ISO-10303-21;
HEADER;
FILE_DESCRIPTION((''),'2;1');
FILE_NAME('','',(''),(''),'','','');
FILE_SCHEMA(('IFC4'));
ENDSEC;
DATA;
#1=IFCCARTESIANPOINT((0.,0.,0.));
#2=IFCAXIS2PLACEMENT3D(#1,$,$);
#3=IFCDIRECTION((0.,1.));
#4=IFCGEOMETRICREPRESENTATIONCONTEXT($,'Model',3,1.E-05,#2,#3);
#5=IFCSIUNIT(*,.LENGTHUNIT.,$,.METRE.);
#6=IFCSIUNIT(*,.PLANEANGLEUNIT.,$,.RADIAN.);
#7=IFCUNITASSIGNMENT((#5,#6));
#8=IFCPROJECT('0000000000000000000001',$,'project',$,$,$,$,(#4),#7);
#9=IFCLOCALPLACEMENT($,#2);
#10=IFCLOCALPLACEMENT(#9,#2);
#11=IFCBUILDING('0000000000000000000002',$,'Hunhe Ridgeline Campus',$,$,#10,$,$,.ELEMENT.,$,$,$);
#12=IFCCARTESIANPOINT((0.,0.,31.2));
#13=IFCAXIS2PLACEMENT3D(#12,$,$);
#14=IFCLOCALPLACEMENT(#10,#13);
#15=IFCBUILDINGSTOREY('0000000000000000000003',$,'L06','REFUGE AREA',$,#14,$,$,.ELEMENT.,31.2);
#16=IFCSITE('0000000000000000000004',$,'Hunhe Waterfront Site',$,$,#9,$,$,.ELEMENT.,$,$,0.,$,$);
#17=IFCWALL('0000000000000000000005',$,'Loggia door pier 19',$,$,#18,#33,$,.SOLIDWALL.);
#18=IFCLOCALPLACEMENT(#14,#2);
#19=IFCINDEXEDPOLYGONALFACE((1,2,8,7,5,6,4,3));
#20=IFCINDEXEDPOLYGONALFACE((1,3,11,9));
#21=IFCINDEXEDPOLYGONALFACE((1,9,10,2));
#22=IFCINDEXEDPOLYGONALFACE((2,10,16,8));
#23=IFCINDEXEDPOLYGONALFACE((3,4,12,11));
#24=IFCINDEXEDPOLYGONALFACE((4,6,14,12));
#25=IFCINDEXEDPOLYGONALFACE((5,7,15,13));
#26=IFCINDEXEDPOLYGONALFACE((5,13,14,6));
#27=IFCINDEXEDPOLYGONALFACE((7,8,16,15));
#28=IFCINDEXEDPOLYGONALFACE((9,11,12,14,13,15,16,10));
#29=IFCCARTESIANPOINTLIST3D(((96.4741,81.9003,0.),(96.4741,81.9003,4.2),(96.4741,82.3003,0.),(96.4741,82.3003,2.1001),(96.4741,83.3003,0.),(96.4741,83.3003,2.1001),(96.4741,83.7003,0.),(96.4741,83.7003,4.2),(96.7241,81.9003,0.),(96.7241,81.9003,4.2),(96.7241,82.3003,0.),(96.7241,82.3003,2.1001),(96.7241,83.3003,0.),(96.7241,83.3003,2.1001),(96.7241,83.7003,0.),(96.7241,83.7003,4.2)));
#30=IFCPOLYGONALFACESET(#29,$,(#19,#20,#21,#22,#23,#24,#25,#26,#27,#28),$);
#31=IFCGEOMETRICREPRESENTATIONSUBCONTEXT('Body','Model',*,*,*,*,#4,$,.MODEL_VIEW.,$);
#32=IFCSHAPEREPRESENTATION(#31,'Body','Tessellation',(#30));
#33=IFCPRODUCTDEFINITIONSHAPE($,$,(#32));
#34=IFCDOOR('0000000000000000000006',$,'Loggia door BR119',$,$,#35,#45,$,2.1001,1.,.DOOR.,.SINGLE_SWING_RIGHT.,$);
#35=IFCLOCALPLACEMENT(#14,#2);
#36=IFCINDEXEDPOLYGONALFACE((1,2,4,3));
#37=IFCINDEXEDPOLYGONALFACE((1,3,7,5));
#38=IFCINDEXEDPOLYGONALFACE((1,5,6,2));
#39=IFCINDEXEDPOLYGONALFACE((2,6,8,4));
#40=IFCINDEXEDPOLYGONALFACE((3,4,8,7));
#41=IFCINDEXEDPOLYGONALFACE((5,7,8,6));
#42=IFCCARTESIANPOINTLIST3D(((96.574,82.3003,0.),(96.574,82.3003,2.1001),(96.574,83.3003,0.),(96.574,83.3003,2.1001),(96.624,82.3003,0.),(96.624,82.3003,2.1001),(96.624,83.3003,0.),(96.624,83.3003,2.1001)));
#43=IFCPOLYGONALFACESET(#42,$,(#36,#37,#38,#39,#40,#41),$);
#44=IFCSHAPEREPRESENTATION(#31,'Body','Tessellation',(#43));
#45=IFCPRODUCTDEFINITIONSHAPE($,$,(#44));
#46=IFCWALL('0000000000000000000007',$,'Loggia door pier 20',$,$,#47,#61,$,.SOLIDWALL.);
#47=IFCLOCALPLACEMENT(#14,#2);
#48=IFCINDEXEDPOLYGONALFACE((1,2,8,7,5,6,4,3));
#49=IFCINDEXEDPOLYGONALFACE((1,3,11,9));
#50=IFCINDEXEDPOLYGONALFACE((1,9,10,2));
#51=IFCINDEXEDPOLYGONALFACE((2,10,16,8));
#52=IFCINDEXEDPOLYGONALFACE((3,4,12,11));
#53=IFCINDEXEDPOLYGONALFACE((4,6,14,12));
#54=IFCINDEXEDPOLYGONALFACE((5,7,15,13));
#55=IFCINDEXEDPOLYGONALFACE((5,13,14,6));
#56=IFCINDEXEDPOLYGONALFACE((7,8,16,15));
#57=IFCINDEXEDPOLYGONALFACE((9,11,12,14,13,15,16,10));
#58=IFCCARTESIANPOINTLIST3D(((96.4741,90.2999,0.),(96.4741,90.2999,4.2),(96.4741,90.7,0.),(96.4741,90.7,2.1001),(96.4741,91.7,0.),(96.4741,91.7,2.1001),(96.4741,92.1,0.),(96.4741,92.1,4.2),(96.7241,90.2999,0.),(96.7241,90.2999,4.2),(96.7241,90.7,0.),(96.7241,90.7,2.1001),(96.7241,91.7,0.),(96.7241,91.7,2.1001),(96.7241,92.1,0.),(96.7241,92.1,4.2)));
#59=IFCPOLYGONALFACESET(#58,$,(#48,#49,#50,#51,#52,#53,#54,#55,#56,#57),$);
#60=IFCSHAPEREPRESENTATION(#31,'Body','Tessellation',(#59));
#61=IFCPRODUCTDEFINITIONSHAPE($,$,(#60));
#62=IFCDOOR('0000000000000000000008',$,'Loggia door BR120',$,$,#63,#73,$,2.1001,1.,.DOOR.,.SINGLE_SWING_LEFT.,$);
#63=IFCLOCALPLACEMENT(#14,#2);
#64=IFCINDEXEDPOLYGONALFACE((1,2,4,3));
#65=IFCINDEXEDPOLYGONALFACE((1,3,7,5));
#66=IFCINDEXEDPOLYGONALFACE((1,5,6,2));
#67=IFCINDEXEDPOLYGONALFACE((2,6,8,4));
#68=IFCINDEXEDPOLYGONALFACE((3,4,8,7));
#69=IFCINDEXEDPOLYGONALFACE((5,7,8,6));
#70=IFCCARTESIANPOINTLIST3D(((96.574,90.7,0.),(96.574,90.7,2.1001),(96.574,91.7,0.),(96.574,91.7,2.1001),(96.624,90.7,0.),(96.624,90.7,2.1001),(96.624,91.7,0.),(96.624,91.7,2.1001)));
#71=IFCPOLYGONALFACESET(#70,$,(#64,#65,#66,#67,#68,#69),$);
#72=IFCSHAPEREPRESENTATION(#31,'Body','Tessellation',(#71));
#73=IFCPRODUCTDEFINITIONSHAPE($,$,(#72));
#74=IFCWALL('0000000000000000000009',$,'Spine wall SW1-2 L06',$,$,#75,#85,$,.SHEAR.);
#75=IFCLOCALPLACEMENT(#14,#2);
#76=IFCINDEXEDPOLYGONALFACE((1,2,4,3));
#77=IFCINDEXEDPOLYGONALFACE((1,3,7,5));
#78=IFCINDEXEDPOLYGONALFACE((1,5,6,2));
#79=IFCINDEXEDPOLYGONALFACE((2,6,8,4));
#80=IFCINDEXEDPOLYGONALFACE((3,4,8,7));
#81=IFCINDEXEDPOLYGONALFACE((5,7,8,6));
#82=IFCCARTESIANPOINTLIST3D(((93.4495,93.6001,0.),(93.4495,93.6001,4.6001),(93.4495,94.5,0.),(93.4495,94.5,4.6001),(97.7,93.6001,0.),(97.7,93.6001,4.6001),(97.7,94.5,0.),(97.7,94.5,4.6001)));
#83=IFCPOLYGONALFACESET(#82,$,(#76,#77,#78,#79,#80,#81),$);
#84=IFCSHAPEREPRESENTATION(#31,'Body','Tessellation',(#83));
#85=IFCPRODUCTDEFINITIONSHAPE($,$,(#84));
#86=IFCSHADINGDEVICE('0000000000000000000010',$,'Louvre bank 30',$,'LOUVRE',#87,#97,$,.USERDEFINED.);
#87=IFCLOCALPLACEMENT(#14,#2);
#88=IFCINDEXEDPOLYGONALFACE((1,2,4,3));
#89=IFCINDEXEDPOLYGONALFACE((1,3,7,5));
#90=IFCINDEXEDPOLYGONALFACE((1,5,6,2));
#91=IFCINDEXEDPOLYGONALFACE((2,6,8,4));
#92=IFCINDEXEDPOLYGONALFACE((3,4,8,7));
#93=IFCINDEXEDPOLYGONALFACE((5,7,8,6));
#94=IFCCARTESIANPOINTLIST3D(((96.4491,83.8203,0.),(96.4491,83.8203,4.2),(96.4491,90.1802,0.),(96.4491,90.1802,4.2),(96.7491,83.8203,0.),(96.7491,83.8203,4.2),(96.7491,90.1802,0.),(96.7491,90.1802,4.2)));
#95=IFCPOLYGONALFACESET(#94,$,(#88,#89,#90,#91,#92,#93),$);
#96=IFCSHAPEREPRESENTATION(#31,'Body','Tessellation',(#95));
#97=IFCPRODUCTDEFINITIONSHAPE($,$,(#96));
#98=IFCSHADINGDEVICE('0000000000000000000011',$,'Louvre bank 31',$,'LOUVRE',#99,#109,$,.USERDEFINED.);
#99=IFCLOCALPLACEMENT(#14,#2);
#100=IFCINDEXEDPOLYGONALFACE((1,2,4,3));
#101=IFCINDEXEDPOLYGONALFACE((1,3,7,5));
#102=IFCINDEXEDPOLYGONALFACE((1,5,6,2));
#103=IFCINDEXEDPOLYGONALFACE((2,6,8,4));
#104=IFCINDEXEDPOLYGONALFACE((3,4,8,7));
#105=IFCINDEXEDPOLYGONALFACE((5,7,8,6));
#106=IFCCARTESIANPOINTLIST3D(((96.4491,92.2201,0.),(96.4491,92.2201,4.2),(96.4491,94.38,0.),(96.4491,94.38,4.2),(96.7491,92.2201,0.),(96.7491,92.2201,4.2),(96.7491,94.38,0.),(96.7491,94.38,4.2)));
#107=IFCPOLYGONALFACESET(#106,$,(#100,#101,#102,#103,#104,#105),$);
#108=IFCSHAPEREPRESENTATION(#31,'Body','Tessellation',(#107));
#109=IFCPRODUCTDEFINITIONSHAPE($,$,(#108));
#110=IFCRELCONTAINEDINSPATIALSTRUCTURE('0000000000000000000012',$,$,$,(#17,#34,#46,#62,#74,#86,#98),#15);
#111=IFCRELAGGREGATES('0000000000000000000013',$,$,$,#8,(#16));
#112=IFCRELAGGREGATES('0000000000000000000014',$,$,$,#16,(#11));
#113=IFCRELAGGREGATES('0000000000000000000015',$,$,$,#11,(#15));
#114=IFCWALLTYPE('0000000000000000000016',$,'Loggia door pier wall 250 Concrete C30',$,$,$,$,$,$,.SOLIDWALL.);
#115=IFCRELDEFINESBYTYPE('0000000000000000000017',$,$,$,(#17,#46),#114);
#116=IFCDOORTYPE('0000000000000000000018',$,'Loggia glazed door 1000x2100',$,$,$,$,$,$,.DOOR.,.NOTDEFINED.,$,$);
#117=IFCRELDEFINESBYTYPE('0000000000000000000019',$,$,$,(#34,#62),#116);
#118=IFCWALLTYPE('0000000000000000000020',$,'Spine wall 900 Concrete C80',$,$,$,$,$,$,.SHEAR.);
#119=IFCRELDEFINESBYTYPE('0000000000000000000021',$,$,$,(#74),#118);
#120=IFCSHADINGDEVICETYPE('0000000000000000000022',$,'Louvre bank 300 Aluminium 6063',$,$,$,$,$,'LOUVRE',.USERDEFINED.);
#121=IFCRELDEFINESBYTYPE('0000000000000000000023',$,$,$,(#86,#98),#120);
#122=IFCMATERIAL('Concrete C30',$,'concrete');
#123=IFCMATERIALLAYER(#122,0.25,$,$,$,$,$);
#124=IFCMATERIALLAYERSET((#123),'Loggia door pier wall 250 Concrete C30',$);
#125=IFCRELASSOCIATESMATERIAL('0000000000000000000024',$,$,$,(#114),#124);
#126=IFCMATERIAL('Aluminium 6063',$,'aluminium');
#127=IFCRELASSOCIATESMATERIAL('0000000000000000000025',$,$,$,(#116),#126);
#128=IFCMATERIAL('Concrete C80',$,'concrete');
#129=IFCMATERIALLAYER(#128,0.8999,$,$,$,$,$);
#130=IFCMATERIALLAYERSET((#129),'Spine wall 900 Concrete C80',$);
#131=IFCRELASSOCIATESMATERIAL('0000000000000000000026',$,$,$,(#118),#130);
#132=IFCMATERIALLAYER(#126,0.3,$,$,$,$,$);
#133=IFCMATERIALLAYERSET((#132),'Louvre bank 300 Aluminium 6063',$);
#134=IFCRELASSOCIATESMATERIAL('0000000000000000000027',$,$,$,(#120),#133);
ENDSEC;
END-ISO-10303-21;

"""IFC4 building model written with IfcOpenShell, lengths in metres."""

from ifc_helpers import new_model, si_unit, direction, frame, frame_2d, origin, origin_2d, place, context, subcontext, project, spatial, rectangle, extrude, material, layer, layer_set, type_object, element, fill, save


model = new_model("IFC4")

# Units and contexts
model_context = context("Model", 3, precision=1e-05, world=origin(), true_north=direction((0.0, 1.0)))
body_context = subcontext(model_context, "Body", "Model", "MODEL_VIEW")
ifc_project = project(units=[si_unit("LENGTHUNIT", "METRE"), si_unit("PLANEANGLEUNIT", "RADIAN")], contexts=[model_context])

# Site, building, storey
site_placement = place(None, origin())
site = spatial("IfcSite", under=ifc_project, at=site_placement, Name="Hunhe Waterfront Site", CompositionType="ELEMENT", RefElevation=0.0)
building_placement = place(site_placement, origin())
building = spatial("IfcBuilding", under=site, at=building_placement, Name="Hunhe Ridgeline Campus", CompositionType="ELEMENT")
storey_placement = place(building_placement, frame((0.0, 0.0, 31.2)))
storey = spatial("IfcBuildingStorey", under=building, at=storey_placement, Name="L06", Description="REFUGE AREA", CompositionType="ELEMENT", Elevation=31.2)

# Shared definitions
ifc_material_1 = material(Name="Concrete C80", Category="concrete")

# Shared definitions
ifc_material_2 = material(Name="Aluminium 6063", Category="aluminium")

# Walls, openings, doors
ifc_material_3 = material(Name="Concrete C30", Category="concrete")
ifc_layer_1 = layer(ifc_material_3, 0.25)
ifc_layer_set_1 = layer_set([ifc_layer_1], Name="Loggia door pier wall 250 Concrete C30")
wall_type_1 = type_object("IfcWallType", Name="Loggia door pier wall 250 Concrete C30", PredefinedType="SOLIDWALL", material=ifc_layer_set_1)
wall_1_placement = place(storey_placement, frame((96.5991, 81.9004, 0.0), z_axis=(0.0, 0.0, 1.0), x_axis=(0.0, 1.0, 0.0)))
wall_1 = element("IfcWall", 1, at=wall_1_placement, inside=storey, type_object=wall_type_1, Name="Loggia door pier 19", PredefinedType="SOLIDWALL", context=body_context, shape_type="SweptSolid", body=[
    extrude(rectangle(XDim=1.8, YDim=0.25, at=frame_2d((0.8999, 0.0))), origin(), (0.0, 0.0, 1.0), 4.2),
])
opening_1_placement = place(wall_1_placement, frame((0.3999, 0.0, 0.0)))
opening_1 = element("IfcOpeningElement", 2, at=opening_1_placement, cuts=wall_1, PredefinedType="OPENING", context=body_context, shape_type="SweptSolid", body=[
    extrude(rectangle(XDim=1.0, YDim=2.1001, at=frame_2d((0.5, 1.05))), frame((0.0, 0.125, 0.0), z_axis=(0.0, -1.0, 0.0), x_axis=(1.0, 0.0, 0.0)), (0.0, 0.0, 1.0), 0.25),
])
door_type = type_object("IfcDoorType", Name="Loggia glazed door 1000x2100", OperationType="NOTDEFINED", PredefinedType="DOOR", material=ifc_material_2)
door_1_placement = place(opening_1_placement, frame((1.0, 0.0, 0.0), z_axis=(0.0, 0.0, 1.0), x_axis=(-1.0, 0.0, 0.0)))
door_1 = element("IfcDoor", 3, at=door_1_placement, inside=storey, type_object=door_type, Name="Loggia door BR119", OperationType="SINGLE_SWING_RIGHT", OverallHeight=2.1001, OverallWidth=1.0, PredefinedType="DOOR", context=body_context, shape_type="SweptSolid", body=[
    extrude(rectangle(XDim=1.0, YDim=2.1001, at=frame_2d((0.5, 1.05))), frame((0.0, 0.0249, 0.0), z_axis=(0.0, -1.0, 0.0), x_axis=(1.0, 0.0, 0.0)), (0.0, 0.0, 1.0), 0.05),
])
fill(opening_1, door_1)
wall_2_placement = place(storey_placement, frame((96.5991, 90.3, 0.0), z_axis=(0.0, 0.0, 1.0), x_axis=(0.0, 1.0, 0.0)))
wall_2 = element("IfcWall", 4, at=wall_2_placement, inside=storey, type_object=wall_type_1, Name="Loggia door pier 20", PredefinedType="SOLIDWALL", context=body_context, shape_type="SweptSolid", body=[
    extrude(rectangle(XDim=1.8, YDim=0.25, at=frame_2d((0.8999, 0.0))), origin(), (0.0, 0.0, 1.0), 4.2),
])
opening_2_placement = place(wall_2_placement, frame((0.3999, 0.0, 0.0)))
opening_2 = element("IfcOpeningElement", 5, at=opening_2_placement, cuts=wall_2, PredefinedType="OPENING", context=body_context, shape_type="SweptSolid", body=[
    extrude(rectangle(XDim=1.0, YDim=2.1001, at=frame_2d((0.5, 1.05))), frame((0.0, 0.125, 0.0), z_axis=(0.0, -1.0, 0.0), x_axis=(1.0, 0.0, 0.0)), (0.0, 0.0, 1.0), 0.25),
])
door_2_placement = place(opening_2_placement, frame((1.0, 0.0, 0.0), z_axis=(0.0, 0.0, 1.0), x_axis=(-1.0, 0.0, 0.0)))
door_2 = element("IfcDoor", 6, at=door_2_placement, inside=storey, type_object=door_type, Name="Loggia door BR120", OperationType="SINGLE_SWING_LEFT", OverallHeight=2.1001, OverallWidth=1.0, PredefinedType="DOOR", context=body_context, shape_type="SweptSolid", body=[
    extrude(rectangle(XDim=1.0, YDim=2.1001, at=frame_2d((0.5, 1.05))), frame((0.0, 0.0249, 0.0), z_axis=(0.0, -1.0, 0.0), x_axis=(1.0, 0.0, 0.0)), (0.0, 0.0, 1.0), 0.05),
])
fill(opening_2, door_2)

# Wall
ifc_layer_2 = layer(ifc_material_1, 0.8999)
ifc_layer_set_2 = layer_set([ifc_layer_2], Name="Spine wall 900 Concrete C80")
wall_type_2 = type_object("IfcWallType", Name="Spine wall 900 Concrete C80", PredefinedType="SHEAR", material=ifc_layer_set_2)
wall_3_placement = place(storey_placement, frame((97.7, 94.05, 0.0), z_axis=(0.0, 0.0, 1.0), x_axis=(-1.0, 0.0, 0.0)))
element("IfcWall", 7, at=wall_3_placement, inside=storey, type_object=wall_type_2, Name="Spine wall SW1-2 L06", PredefinedType="SHEAR", context=body_context, shape_type="SweptSolid", body=[
    extrude(rectangle(XDim=4.2505, YDim=0.8999, at=frame_2d((2.1252, 0.0))), origin(), (0.0, 0.0, 1.0), 4.6001),
])

# Shading devices
ifc_layer_3 = layer(ifc_material_2, 0.3)
ifc_layer_set_3 = layer_set([ifc_layer_3], Name="Louvre bank 300 Aluminium 6063")
shading_device_type = type_object("IfcShadingDeviceType", Name="Louvre bank 300 Aluminium 6063", ElementType="LOUVRE", PredefinedType="USERDEFINED", material=ifc_layer_set_3)
shading_device_1_placement = place(storey_placement, frame((96.5991, 87.0002, 0.0), z_axis=(0.0, 0.0, 1.0), x_axis=(0.0, 1.0, 0.0)))
element("IfcShadingDevice", 8, at=shading_device_1_placement, inside=storey, type_object=shading_device_type, Name="Louvre bank 30", ObjectType="LOUVRE", PredefinedType="USERDEFINED", context=body_context, shape_type="SweptSolid", body=[
    extrude(rectangle(XDim=6.3599, YDim=0.3, at=origin_2d()), origin(), (0.0, 0.0, 1.0), 4.2),
])
shading_device_2_placement = place(storey_placement, frame((96.5991, 93.3, 0.0), z_axis=(0.0, 0.0, 1.0), x_axis=(0.0, 1.0, 0.0)))
element("IfcShadingDevice", 9, at=shading_device_2_placement, inside=storey, type_object=shading_device_type, Name="Louvre bank 31", ObjectType="LOUVRE", PredefinedType="USERDEFINED", context=body_context, shape_type="SweptSolid", body=[
    extrude(rectangle(XDim=2.1599, YDim=0.3, at=origin_2d()), origin(), (0.0, 0.0, 1.0), 4.2),
])

save(model, "model.ifc")
